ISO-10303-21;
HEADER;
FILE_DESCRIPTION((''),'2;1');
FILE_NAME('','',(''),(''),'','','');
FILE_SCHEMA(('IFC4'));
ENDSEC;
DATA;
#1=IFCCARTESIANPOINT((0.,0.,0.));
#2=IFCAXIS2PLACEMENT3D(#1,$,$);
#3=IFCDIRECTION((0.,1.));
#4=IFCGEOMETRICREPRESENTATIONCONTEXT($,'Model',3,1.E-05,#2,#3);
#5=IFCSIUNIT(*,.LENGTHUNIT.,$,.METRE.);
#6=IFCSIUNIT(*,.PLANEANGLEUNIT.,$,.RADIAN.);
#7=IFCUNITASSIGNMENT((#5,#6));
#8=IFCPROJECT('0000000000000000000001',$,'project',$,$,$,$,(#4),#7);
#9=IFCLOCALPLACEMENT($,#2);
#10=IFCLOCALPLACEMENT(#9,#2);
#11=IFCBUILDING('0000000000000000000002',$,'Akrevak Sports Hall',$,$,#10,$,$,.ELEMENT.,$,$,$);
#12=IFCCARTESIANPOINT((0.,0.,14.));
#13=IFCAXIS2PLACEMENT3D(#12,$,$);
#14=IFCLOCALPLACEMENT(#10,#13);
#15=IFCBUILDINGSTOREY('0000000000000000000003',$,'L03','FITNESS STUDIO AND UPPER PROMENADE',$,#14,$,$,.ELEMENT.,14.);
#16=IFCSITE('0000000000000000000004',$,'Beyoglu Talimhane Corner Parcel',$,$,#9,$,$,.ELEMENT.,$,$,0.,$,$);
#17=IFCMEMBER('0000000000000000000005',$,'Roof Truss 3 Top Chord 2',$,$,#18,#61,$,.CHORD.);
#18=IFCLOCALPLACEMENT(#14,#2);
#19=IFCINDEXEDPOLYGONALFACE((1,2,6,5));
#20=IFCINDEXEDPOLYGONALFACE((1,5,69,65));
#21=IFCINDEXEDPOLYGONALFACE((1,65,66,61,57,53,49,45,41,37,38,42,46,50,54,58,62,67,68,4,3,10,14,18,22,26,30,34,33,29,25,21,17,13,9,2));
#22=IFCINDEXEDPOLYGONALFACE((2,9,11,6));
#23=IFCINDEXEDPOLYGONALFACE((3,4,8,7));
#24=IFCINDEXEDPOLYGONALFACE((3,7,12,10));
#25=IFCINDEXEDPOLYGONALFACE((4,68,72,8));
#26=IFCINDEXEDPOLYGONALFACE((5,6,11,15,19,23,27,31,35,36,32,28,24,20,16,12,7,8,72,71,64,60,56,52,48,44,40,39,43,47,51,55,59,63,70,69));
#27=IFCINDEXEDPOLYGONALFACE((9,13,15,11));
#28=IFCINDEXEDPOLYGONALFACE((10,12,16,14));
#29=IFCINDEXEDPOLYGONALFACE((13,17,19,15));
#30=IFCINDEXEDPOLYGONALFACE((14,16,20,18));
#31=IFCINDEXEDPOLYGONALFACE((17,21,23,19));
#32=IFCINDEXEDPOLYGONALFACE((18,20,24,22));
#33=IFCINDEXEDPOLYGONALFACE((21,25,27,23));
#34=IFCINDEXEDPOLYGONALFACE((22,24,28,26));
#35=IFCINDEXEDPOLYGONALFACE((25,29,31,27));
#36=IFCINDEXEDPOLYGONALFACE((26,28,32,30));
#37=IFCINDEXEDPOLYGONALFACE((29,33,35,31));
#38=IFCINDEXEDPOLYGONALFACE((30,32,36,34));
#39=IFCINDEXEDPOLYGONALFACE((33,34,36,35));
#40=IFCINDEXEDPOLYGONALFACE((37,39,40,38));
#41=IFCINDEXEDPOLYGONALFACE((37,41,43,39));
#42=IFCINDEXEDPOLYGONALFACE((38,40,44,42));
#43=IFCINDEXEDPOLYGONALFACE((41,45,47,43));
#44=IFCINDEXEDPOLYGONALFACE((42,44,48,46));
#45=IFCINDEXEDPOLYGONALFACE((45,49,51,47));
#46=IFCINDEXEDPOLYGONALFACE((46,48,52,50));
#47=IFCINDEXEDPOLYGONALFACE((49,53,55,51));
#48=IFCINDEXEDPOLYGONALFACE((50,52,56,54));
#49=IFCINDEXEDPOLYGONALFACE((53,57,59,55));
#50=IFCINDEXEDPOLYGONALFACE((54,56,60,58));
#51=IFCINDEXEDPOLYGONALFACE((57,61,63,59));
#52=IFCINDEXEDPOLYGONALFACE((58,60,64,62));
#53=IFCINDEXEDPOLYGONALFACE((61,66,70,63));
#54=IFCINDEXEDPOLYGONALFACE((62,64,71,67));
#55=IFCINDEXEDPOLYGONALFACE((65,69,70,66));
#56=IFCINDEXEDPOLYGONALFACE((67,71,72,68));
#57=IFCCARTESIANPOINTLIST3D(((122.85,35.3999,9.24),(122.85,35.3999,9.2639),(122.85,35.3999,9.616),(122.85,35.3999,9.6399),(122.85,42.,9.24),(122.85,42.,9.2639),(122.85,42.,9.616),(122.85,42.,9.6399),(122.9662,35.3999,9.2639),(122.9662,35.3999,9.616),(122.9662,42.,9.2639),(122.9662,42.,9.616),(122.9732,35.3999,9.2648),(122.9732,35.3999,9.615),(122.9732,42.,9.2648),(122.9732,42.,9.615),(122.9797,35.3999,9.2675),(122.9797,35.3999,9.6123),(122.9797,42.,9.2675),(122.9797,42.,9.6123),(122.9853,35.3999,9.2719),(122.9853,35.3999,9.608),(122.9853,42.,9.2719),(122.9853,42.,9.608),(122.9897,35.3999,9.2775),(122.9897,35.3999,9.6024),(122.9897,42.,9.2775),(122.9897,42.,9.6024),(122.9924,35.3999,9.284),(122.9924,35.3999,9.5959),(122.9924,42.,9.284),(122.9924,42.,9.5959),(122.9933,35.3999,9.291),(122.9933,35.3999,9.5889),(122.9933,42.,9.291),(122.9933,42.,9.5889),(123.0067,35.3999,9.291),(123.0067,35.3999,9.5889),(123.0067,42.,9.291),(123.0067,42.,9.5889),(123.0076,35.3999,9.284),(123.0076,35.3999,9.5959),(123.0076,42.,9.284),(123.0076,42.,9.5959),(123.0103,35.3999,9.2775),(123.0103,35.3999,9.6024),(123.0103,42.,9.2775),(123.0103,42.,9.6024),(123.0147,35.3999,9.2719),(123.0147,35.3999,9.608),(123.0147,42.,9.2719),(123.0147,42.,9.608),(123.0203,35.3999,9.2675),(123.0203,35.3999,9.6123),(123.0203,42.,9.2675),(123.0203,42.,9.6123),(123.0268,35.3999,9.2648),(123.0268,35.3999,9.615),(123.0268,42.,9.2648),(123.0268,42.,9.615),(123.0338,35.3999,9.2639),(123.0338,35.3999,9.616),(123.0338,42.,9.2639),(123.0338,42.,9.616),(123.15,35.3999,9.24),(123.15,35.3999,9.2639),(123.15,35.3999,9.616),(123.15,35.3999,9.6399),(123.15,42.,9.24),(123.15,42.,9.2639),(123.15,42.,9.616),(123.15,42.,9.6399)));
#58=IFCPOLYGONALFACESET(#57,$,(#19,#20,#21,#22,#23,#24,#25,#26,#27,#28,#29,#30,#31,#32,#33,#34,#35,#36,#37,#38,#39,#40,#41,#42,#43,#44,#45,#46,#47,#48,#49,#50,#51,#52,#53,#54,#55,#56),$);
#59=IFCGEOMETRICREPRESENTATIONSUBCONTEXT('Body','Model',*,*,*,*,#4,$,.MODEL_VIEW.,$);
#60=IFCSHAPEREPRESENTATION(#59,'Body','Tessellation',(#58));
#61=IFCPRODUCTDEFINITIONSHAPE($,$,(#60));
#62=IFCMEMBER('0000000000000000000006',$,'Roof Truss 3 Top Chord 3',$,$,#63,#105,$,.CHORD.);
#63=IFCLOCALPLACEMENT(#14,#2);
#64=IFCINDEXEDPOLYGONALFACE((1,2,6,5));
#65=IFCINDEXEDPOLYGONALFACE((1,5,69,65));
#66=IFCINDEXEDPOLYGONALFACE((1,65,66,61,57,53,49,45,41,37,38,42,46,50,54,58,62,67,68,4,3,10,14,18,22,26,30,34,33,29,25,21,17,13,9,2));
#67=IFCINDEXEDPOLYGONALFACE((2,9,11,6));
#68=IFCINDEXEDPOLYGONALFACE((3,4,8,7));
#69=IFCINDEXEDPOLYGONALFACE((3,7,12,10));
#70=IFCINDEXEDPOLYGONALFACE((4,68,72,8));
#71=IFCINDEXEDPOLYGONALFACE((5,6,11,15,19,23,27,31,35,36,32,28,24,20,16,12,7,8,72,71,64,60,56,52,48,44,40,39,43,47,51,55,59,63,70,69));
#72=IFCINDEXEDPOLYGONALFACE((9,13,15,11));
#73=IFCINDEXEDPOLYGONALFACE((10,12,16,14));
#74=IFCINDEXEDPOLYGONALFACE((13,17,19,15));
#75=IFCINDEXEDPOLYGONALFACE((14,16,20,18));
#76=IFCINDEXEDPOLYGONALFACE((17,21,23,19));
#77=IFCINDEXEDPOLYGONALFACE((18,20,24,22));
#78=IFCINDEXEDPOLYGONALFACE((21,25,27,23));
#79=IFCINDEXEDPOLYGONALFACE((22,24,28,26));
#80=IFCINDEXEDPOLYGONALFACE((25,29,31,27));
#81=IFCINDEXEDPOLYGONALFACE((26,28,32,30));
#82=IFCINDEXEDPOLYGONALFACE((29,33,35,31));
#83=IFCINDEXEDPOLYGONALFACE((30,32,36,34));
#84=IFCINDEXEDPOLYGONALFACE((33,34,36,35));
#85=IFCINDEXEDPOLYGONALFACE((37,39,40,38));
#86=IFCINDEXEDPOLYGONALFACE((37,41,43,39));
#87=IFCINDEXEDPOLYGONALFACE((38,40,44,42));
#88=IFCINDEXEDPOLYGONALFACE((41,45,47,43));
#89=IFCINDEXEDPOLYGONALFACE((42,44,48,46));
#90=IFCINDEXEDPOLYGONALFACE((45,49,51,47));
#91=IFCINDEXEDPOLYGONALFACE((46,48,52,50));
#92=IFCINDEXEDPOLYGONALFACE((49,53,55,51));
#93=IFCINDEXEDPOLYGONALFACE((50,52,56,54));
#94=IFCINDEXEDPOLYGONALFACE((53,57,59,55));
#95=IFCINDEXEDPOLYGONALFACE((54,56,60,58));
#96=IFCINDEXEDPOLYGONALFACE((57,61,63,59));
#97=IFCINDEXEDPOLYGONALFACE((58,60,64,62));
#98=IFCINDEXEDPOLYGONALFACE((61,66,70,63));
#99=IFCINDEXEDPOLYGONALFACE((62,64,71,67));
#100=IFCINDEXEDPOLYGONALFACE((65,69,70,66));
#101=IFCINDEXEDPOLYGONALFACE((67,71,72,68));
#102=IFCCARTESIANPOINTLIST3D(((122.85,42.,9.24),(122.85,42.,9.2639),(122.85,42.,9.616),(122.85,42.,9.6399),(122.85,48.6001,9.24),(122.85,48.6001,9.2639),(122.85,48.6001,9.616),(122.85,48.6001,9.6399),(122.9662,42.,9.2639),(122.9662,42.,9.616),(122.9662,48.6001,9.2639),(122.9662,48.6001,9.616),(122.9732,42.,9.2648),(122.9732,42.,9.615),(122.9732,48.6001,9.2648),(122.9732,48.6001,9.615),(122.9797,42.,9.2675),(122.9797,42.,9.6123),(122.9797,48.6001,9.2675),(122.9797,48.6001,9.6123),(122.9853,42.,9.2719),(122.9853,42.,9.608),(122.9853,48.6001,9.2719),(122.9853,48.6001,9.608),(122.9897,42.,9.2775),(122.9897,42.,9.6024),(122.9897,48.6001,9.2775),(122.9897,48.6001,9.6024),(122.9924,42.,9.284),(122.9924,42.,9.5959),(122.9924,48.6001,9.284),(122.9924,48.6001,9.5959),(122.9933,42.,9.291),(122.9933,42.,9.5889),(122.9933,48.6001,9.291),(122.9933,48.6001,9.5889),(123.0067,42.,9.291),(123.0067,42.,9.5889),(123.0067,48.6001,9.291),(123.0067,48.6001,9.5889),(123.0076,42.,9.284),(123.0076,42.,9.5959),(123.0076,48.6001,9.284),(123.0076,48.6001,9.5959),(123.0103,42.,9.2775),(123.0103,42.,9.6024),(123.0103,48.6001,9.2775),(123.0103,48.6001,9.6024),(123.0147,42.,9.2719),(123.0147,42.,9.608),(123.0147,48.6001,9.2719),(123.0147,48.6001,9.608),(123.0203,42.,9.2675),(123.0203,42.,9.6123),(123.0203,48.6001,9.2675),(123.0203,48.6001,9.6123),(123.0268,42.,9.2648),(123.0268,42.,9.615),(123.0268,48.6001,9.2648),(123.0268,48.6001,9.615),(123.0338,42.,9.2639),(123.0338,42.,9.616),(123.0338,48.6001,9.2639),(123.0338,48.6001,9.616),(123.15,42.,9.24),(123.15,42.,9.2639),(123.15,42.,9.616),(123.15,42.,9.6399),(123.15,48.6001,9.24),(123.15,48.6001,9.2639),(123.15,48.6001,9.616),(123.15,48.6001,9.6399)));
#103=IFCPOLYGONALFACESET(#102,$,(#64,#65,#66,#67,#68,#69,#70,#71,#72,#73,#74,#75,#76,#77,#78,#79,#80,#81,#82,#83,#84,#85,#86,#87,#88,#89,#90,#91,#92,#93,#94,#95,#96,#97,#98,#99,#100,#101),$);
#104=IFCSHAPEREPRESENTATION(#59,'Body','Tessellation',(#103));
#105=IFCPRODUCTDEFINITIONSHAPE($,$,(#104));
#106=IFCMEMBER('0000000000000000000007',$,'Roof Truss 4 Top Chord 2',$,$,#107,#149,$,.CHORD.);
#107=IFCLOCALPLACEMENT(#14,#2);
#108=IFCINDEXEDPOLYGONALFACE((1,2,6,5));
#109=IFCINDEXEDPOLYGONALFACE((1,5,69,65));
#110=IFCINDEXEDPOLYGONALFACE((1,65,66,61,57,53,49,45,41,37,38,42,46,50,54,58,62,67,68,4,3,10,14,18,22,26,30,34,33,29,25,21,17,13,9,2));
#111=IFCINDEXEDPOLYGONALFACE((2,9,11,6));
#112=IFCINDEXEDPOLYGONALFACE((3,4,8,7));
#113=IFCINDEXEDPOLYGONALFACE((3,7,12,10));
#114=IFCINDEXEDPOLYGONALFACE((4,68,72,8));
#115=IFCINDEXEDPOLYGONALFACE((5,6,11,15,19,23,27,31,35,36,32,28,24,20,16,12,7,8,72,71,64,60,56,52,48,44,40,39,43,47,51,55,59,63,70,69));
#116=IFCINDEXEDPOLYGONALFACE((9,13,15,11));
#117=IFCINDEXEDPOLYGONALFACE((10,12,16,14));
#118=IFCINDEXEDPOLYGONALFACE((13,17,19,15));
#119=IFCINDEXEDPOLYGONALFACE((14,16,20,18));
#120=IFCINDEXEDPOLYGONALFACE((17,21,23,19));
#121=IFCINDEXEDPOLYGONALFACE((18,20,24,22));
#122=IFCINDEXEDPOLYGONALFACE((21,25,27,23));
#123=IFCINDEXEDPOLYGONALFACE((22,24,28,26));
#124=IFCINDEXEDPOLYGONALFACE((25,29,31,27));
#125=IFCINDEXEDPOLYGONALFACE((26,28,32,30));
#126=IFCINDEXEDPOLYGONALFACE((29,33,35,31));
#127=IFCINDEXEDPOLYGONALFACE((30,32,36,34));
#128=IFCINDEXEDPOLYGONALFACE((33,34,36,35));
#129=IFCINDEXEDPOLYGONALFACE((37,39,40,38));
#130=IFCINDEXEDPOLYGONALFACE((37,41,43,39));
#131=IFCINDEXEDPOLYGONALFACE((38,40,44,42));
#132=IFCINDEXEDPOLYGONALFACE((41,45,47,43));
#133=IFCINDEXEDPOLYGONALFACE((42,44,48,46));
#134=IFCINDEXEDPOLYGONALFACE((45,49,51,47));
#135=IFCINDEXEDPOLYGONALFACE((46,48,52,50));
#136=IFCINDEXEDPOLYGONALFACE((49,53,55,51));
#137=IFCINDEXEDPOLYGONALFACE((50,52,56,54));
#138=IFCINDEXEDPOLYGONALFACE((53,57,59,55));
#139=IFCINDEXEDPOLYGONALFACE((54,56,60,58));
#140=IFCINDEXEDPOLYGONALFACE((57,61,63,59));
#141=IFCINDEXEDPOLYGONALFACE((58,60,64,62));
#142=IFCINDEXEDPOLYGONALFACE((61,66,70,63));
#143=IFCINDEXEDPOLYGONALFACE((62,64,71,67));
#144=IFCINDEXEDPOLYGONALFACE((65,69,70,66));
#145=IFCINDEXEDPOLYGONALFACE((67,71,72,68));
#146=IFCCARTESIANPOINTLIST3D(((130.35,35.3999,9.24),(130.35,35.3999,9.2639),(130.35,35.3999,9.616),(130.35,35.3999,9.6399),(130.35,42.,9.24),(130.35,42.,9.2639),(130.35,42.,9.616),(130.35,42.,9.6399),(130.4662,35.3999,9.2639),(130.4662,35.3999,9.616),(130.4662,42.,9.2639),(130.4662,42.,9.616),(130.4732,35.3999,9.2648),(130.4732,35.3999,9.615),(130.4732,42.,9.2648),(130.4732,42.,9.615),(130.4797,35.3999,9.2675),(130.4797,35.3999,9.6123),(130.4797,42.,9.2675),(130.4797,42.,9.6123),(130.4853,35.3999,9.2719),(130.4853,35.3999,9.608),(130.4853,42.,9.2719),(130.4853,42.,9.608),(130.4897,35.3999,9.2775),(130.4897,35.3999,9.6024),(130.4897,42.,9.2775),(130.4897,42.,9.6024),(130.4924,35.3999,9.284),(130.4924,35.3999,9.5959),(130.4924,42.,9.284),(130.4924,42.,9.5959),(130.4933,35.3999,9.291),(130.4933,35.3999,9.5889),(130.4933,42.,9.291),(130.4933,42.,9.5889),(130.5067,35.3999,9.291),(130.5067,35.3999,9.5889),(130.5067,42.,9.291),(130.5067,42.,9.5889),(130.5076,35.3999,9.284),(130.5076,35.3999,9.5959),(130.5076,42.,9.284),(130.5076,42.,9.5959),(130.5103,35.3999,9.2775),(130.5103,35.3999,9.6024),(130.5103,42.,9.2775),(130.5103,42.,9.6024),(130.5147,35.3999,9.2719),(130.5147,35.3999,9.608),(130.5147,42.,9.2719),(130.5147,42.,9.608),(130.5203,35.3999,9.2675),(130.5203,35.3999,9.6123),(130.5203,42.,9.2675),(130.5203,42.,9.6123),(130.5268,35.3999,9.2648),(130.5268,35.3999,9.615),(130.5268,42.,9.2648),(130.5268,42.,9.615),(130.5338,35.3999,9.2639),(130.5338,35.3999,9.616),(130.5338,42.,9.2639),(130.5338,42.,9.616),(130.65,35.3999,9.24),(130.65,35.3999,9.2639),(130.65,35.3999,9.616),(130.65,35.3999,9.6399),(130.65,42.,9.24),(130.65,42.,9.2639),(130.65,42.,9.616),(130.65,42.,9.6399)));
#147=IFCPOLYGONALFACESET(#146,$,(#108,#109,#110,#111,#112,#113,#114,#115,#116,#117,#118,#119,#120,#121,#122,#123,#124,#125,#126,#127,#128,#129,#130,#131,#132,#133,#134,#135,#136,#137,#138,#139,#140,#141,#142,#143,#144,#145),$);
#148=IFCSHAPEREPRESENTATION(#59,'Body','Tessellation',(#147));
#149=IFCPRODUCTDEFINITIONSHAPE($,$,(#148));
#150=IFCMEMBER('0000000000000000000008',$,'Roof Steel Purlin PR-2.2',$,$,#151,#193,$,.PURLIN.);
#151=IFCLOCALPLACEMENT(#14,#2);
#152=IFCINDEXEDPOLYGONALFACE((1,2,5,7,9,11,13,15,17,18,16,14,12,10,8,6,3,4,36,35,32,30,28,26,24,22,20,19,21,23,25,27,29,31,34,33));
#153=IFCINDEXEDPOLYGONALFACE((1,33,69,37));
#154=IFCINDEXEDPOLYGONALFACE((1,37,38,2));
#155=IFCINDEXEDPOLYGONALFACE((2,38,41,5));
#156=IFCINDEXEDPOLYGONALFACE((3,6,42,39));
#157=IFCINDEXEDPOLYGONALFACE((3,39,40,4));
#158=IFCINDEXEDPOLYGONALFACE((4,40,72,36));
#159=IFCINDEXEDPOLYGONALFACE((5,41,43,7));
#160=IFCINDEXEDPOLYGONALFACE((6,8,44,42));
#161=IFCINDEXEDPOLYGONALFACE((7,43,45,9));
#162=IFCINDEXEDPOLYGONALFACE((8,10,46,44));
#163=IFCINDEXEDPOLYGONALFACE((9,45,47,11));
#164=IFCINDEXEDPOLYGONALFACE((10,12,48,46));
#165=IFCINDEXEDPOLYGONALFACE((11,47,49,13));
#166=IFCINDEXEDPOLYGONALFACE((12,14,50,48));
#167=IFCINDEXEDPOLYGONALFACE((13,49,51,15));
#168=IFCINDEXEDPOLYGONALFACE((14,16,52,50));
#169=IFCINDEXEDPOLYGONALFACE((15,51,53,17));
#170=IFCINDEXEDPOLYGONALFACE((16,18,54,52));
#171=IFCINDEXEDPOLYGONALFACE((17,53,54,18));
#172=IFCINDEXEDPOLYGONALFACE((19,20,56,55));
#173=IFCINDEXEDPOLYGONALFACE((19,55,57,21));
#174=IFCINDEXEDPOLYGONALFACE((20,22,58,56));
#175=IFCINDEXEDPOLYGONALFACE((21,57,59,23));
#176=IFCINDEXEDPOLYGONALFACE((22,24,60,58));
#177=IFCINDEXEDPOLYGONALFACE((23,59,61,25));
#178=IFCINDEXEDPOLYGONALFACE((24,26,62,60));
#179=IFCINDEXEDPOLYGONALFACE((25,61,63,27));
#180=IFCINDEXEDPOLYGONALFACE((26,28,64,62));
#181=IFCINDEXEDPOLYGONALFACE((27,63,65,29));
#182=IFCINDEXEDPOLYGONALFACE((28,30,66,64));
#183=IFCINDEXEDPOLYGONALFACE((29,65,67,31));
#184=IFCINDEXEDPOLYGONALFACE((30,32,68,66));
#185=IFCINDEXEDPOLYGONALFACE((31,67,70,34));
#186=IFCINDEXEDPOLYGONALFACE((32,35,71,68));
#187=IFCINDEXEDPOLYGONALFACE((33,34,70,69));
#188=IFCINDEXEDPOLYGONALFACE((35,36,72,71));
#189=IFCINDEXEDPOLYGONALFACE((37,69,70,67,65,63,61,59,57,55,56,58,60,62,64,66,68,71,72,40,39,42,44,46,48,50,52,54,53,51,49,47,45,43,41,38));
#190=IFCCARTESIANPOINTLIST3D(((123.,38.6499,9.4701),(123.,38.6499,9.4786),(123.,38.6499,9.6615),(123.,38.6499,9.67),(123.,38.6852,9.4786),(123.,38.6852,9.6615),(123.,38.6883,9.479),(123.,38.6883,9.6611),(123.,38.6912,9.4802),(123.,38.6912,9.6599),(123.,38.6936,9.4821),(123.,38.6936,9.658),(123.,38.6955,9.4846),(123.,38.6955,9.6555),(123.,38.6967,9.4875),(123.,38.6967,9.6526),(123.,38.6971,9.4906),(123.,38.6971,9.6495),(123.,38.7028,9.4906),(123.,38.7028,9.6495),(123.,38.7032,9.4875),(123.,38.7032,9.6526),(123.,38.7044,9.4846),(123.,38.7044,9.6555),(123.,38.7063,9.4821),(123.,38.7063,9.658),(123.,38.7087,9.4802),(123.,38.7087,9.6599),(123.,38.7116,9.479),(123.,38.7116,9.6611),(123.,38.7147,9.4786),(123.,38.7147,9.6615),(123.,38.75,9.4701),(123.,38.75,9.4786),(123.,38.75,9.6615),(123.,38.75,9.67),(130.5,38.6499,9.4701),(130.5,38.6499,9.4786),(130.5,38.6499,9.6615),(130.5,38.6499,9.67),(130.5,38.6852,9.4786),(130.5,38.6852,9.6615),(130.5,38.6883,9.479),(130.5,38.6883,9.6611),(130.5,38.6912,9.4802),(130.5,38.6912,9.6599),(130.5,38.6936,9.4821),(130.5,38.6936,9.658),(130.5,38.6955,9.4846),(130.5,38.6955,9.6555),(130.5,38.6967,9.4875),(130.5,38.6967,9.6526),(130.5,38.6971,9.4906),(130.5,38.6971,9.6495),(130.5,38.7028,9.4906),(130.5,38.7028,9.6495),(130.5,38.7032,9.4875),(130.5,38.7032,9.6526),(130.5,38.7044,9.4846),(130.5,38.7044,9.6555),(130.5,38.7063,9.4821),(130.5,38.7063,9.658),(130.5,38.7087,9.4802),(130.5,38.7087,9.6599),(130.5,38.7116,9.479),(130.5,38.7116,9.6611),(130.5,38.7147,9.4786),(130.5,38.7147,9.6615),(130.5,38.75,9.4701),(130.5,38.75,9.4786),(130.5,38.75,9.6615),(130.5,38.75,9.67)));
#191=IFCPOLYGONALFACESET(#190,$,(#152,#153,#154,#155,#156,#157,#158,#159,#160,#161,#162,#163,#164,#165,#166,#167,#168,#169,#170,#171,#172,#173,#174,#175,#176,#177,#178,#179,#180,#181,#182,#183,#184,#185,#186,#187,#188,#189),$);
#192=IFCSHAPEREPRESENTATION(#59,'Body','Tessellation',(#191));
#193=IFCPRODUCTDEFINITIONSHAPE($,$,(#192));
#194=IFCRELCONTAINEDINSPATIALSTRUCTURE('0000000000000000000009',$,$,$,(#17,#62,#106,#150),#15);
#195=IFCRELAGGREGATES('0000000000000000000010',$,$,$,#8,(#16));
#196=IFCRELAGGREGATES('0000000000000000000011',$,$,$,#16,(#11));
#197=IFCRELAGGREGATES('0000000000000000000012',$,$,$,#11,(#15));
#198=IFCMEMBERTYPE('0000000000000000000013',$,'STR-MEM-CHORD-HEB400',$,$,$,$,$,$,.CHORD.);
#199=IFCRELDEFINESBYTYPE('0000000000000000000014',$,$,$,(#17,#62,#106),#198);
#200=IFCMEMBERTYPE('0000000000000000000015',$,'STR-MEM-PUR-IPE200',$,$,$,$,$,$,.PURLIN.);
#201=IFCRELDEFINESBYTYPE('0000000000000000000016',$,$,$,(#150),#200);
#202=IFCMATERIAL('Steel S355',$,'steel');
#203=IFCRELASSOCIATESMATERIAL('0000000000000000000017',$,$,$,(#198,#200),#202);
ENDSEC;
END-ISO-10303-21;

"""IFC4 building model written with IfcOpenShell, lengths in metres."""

from ifc_helpers import new_model, si_unit, direction, frame, origin, origin_2d, place, context, subcontext, project, spatial, i_section, extrude, material, material_profile, profile_set, type_object, element, save


model = new_model("IFC4")

# Units and contexts
model_context = context("Model", 3, precision=1e-05, world=origin(), true_north=direction((0.0, 1.0)))
body_context = subcontext(model_context, "Body", "Model", "MODEL_VIEW")
ifc_project = project(units=[si_unit("LENGTHUNIT", "METRE"), si_unit("PLANEANGLEUNIT", "RADIAN")], contexts=[model_context])

# Site, building, storey
site_placement = place(None, origin())
site = spatial("IfcSite", under=ifc_project, at=site_placement, Name="Beyoglu Talimhane Corner Parcel", CompositionType="ELEMENT", RefElevation=0.0)
building_placement = place(site_placement, origin())
building = spatial("IfcBuilding", under=site, at=building_placement, Name="Akrevak Sports Hall", CompositionType="ELEMENT")
storey_placement = place(building_placement, frame((0.0, 0.0, 14.0)))
storey = spatial("IfcBuildingStorey", under=building, at=storey_placement, Name="L03", Description="FITNESS STUDIO AND UPPER PROMENADE", CompositionType="ELEMENT", Elevation=14.0)

# Shared definitions
ifc_material_1 = material(Name="Steel S355", Category="steel")

# Members
ifc_material_profile_1 = material_profile(ifc_material_1, i_section(OverallWidth=0.3, OverallDepth=0.3999, WebThickness=0.0134, FlangeThickness=0.0239, FilletRadius=0.0271, at=origin_2d()), Name="HEB 400", Category="steel")
ifc_profile_set_1 = profile_set([ifc_material_profile_1], Name="Steel S355")
member_type_1 = type_object("IfcMemberType", Name="STR-MEM-CHORD-HEB400", PredefinedType="CHORD", material=ifc_profile_set_1)
for number, where, z_axis, x_axis, name in (
    (1, (123.0, 35.3999, 9.4399), (0.0, 1.0, 0.0), (-1.0, 0.0, 0.0), "Roof Truss 3 Top Chord 2"),
    (2, (123.0, 42.0, 9.4399), (0.0, 1.0, 0.0), (-1.0, 0.0, 0.0), "Roof Truss 3 Top Chord 3"),
    (3, (130.5, 35.3999, 9.4399), (0.0, 1.0, 0.0), (-1.0, 0.0, 0.0), "Roof Truss 4 Top Chord 2"),
):
    element("IfcMember", number, at=place(storey_placement, frame(where, z_axis=z_axis, x_axis=x_axis)), inside=storey, type_object=member_type_1, Name=name, PredefinedType="CHORD", context=body_context, shape_type="SweptSolid", body=[
        extrude(i_section(OverallWidth=0.3, OverallDepth=0.3999, WebThickness=0.0134, FlangeThickness=0.0239, FilletRadius=0.0271, at=origin_2d()), origin(), (0.0, 0.0, 1.0), 6.6001),
    ])
ifc_material_profile_2 = material_profile(ifc_material_1, i_section(OverallWidth=0.1001, OverallDepth=0.2, WebThickness=0.0056, FlangeThickness=0.0085, FilletRadius=0.012, at=origin_2d()), Name="IPE 200", Category="steel")
ifc_profile_set_2 = profile_set([ifc_material_profile_2], Name="Steel S355")
member_type_2 = type_object("IfcMemberType", Name="STR-MEM-PUR-IPE200", PredefinedType="PURLIN", material=ifc_profile_set_2)
for number, where, z_axis, x_axis, name in (
    (4, (123.0, 38.7, 9.5701), (1.0, 0.0, 0.0), (0.0, 1.0, 0.0), "Roof Steel Purlin PR-2.2"),
):
    element("IfcMember", number, at=place(storey_placement, frame(where, z_axis=z_axis, x_axis=x_axis)), inside=storey, type_object=member_type_2, Name=name, PredefinedType="PURLIN", context=body_context, shape_type="SweptSolid", body=[
        extrude(i_section(OverallWidth=0.1001, OverallDepth=0.2, WebThickness=0.0056, FlangeThickness=0.0085, FilletRadius=0.012, at=origin_2d()), origin(), (0.0, 0.0, 1.0), 7.5),
    ])

save(model, "model.ifc")
